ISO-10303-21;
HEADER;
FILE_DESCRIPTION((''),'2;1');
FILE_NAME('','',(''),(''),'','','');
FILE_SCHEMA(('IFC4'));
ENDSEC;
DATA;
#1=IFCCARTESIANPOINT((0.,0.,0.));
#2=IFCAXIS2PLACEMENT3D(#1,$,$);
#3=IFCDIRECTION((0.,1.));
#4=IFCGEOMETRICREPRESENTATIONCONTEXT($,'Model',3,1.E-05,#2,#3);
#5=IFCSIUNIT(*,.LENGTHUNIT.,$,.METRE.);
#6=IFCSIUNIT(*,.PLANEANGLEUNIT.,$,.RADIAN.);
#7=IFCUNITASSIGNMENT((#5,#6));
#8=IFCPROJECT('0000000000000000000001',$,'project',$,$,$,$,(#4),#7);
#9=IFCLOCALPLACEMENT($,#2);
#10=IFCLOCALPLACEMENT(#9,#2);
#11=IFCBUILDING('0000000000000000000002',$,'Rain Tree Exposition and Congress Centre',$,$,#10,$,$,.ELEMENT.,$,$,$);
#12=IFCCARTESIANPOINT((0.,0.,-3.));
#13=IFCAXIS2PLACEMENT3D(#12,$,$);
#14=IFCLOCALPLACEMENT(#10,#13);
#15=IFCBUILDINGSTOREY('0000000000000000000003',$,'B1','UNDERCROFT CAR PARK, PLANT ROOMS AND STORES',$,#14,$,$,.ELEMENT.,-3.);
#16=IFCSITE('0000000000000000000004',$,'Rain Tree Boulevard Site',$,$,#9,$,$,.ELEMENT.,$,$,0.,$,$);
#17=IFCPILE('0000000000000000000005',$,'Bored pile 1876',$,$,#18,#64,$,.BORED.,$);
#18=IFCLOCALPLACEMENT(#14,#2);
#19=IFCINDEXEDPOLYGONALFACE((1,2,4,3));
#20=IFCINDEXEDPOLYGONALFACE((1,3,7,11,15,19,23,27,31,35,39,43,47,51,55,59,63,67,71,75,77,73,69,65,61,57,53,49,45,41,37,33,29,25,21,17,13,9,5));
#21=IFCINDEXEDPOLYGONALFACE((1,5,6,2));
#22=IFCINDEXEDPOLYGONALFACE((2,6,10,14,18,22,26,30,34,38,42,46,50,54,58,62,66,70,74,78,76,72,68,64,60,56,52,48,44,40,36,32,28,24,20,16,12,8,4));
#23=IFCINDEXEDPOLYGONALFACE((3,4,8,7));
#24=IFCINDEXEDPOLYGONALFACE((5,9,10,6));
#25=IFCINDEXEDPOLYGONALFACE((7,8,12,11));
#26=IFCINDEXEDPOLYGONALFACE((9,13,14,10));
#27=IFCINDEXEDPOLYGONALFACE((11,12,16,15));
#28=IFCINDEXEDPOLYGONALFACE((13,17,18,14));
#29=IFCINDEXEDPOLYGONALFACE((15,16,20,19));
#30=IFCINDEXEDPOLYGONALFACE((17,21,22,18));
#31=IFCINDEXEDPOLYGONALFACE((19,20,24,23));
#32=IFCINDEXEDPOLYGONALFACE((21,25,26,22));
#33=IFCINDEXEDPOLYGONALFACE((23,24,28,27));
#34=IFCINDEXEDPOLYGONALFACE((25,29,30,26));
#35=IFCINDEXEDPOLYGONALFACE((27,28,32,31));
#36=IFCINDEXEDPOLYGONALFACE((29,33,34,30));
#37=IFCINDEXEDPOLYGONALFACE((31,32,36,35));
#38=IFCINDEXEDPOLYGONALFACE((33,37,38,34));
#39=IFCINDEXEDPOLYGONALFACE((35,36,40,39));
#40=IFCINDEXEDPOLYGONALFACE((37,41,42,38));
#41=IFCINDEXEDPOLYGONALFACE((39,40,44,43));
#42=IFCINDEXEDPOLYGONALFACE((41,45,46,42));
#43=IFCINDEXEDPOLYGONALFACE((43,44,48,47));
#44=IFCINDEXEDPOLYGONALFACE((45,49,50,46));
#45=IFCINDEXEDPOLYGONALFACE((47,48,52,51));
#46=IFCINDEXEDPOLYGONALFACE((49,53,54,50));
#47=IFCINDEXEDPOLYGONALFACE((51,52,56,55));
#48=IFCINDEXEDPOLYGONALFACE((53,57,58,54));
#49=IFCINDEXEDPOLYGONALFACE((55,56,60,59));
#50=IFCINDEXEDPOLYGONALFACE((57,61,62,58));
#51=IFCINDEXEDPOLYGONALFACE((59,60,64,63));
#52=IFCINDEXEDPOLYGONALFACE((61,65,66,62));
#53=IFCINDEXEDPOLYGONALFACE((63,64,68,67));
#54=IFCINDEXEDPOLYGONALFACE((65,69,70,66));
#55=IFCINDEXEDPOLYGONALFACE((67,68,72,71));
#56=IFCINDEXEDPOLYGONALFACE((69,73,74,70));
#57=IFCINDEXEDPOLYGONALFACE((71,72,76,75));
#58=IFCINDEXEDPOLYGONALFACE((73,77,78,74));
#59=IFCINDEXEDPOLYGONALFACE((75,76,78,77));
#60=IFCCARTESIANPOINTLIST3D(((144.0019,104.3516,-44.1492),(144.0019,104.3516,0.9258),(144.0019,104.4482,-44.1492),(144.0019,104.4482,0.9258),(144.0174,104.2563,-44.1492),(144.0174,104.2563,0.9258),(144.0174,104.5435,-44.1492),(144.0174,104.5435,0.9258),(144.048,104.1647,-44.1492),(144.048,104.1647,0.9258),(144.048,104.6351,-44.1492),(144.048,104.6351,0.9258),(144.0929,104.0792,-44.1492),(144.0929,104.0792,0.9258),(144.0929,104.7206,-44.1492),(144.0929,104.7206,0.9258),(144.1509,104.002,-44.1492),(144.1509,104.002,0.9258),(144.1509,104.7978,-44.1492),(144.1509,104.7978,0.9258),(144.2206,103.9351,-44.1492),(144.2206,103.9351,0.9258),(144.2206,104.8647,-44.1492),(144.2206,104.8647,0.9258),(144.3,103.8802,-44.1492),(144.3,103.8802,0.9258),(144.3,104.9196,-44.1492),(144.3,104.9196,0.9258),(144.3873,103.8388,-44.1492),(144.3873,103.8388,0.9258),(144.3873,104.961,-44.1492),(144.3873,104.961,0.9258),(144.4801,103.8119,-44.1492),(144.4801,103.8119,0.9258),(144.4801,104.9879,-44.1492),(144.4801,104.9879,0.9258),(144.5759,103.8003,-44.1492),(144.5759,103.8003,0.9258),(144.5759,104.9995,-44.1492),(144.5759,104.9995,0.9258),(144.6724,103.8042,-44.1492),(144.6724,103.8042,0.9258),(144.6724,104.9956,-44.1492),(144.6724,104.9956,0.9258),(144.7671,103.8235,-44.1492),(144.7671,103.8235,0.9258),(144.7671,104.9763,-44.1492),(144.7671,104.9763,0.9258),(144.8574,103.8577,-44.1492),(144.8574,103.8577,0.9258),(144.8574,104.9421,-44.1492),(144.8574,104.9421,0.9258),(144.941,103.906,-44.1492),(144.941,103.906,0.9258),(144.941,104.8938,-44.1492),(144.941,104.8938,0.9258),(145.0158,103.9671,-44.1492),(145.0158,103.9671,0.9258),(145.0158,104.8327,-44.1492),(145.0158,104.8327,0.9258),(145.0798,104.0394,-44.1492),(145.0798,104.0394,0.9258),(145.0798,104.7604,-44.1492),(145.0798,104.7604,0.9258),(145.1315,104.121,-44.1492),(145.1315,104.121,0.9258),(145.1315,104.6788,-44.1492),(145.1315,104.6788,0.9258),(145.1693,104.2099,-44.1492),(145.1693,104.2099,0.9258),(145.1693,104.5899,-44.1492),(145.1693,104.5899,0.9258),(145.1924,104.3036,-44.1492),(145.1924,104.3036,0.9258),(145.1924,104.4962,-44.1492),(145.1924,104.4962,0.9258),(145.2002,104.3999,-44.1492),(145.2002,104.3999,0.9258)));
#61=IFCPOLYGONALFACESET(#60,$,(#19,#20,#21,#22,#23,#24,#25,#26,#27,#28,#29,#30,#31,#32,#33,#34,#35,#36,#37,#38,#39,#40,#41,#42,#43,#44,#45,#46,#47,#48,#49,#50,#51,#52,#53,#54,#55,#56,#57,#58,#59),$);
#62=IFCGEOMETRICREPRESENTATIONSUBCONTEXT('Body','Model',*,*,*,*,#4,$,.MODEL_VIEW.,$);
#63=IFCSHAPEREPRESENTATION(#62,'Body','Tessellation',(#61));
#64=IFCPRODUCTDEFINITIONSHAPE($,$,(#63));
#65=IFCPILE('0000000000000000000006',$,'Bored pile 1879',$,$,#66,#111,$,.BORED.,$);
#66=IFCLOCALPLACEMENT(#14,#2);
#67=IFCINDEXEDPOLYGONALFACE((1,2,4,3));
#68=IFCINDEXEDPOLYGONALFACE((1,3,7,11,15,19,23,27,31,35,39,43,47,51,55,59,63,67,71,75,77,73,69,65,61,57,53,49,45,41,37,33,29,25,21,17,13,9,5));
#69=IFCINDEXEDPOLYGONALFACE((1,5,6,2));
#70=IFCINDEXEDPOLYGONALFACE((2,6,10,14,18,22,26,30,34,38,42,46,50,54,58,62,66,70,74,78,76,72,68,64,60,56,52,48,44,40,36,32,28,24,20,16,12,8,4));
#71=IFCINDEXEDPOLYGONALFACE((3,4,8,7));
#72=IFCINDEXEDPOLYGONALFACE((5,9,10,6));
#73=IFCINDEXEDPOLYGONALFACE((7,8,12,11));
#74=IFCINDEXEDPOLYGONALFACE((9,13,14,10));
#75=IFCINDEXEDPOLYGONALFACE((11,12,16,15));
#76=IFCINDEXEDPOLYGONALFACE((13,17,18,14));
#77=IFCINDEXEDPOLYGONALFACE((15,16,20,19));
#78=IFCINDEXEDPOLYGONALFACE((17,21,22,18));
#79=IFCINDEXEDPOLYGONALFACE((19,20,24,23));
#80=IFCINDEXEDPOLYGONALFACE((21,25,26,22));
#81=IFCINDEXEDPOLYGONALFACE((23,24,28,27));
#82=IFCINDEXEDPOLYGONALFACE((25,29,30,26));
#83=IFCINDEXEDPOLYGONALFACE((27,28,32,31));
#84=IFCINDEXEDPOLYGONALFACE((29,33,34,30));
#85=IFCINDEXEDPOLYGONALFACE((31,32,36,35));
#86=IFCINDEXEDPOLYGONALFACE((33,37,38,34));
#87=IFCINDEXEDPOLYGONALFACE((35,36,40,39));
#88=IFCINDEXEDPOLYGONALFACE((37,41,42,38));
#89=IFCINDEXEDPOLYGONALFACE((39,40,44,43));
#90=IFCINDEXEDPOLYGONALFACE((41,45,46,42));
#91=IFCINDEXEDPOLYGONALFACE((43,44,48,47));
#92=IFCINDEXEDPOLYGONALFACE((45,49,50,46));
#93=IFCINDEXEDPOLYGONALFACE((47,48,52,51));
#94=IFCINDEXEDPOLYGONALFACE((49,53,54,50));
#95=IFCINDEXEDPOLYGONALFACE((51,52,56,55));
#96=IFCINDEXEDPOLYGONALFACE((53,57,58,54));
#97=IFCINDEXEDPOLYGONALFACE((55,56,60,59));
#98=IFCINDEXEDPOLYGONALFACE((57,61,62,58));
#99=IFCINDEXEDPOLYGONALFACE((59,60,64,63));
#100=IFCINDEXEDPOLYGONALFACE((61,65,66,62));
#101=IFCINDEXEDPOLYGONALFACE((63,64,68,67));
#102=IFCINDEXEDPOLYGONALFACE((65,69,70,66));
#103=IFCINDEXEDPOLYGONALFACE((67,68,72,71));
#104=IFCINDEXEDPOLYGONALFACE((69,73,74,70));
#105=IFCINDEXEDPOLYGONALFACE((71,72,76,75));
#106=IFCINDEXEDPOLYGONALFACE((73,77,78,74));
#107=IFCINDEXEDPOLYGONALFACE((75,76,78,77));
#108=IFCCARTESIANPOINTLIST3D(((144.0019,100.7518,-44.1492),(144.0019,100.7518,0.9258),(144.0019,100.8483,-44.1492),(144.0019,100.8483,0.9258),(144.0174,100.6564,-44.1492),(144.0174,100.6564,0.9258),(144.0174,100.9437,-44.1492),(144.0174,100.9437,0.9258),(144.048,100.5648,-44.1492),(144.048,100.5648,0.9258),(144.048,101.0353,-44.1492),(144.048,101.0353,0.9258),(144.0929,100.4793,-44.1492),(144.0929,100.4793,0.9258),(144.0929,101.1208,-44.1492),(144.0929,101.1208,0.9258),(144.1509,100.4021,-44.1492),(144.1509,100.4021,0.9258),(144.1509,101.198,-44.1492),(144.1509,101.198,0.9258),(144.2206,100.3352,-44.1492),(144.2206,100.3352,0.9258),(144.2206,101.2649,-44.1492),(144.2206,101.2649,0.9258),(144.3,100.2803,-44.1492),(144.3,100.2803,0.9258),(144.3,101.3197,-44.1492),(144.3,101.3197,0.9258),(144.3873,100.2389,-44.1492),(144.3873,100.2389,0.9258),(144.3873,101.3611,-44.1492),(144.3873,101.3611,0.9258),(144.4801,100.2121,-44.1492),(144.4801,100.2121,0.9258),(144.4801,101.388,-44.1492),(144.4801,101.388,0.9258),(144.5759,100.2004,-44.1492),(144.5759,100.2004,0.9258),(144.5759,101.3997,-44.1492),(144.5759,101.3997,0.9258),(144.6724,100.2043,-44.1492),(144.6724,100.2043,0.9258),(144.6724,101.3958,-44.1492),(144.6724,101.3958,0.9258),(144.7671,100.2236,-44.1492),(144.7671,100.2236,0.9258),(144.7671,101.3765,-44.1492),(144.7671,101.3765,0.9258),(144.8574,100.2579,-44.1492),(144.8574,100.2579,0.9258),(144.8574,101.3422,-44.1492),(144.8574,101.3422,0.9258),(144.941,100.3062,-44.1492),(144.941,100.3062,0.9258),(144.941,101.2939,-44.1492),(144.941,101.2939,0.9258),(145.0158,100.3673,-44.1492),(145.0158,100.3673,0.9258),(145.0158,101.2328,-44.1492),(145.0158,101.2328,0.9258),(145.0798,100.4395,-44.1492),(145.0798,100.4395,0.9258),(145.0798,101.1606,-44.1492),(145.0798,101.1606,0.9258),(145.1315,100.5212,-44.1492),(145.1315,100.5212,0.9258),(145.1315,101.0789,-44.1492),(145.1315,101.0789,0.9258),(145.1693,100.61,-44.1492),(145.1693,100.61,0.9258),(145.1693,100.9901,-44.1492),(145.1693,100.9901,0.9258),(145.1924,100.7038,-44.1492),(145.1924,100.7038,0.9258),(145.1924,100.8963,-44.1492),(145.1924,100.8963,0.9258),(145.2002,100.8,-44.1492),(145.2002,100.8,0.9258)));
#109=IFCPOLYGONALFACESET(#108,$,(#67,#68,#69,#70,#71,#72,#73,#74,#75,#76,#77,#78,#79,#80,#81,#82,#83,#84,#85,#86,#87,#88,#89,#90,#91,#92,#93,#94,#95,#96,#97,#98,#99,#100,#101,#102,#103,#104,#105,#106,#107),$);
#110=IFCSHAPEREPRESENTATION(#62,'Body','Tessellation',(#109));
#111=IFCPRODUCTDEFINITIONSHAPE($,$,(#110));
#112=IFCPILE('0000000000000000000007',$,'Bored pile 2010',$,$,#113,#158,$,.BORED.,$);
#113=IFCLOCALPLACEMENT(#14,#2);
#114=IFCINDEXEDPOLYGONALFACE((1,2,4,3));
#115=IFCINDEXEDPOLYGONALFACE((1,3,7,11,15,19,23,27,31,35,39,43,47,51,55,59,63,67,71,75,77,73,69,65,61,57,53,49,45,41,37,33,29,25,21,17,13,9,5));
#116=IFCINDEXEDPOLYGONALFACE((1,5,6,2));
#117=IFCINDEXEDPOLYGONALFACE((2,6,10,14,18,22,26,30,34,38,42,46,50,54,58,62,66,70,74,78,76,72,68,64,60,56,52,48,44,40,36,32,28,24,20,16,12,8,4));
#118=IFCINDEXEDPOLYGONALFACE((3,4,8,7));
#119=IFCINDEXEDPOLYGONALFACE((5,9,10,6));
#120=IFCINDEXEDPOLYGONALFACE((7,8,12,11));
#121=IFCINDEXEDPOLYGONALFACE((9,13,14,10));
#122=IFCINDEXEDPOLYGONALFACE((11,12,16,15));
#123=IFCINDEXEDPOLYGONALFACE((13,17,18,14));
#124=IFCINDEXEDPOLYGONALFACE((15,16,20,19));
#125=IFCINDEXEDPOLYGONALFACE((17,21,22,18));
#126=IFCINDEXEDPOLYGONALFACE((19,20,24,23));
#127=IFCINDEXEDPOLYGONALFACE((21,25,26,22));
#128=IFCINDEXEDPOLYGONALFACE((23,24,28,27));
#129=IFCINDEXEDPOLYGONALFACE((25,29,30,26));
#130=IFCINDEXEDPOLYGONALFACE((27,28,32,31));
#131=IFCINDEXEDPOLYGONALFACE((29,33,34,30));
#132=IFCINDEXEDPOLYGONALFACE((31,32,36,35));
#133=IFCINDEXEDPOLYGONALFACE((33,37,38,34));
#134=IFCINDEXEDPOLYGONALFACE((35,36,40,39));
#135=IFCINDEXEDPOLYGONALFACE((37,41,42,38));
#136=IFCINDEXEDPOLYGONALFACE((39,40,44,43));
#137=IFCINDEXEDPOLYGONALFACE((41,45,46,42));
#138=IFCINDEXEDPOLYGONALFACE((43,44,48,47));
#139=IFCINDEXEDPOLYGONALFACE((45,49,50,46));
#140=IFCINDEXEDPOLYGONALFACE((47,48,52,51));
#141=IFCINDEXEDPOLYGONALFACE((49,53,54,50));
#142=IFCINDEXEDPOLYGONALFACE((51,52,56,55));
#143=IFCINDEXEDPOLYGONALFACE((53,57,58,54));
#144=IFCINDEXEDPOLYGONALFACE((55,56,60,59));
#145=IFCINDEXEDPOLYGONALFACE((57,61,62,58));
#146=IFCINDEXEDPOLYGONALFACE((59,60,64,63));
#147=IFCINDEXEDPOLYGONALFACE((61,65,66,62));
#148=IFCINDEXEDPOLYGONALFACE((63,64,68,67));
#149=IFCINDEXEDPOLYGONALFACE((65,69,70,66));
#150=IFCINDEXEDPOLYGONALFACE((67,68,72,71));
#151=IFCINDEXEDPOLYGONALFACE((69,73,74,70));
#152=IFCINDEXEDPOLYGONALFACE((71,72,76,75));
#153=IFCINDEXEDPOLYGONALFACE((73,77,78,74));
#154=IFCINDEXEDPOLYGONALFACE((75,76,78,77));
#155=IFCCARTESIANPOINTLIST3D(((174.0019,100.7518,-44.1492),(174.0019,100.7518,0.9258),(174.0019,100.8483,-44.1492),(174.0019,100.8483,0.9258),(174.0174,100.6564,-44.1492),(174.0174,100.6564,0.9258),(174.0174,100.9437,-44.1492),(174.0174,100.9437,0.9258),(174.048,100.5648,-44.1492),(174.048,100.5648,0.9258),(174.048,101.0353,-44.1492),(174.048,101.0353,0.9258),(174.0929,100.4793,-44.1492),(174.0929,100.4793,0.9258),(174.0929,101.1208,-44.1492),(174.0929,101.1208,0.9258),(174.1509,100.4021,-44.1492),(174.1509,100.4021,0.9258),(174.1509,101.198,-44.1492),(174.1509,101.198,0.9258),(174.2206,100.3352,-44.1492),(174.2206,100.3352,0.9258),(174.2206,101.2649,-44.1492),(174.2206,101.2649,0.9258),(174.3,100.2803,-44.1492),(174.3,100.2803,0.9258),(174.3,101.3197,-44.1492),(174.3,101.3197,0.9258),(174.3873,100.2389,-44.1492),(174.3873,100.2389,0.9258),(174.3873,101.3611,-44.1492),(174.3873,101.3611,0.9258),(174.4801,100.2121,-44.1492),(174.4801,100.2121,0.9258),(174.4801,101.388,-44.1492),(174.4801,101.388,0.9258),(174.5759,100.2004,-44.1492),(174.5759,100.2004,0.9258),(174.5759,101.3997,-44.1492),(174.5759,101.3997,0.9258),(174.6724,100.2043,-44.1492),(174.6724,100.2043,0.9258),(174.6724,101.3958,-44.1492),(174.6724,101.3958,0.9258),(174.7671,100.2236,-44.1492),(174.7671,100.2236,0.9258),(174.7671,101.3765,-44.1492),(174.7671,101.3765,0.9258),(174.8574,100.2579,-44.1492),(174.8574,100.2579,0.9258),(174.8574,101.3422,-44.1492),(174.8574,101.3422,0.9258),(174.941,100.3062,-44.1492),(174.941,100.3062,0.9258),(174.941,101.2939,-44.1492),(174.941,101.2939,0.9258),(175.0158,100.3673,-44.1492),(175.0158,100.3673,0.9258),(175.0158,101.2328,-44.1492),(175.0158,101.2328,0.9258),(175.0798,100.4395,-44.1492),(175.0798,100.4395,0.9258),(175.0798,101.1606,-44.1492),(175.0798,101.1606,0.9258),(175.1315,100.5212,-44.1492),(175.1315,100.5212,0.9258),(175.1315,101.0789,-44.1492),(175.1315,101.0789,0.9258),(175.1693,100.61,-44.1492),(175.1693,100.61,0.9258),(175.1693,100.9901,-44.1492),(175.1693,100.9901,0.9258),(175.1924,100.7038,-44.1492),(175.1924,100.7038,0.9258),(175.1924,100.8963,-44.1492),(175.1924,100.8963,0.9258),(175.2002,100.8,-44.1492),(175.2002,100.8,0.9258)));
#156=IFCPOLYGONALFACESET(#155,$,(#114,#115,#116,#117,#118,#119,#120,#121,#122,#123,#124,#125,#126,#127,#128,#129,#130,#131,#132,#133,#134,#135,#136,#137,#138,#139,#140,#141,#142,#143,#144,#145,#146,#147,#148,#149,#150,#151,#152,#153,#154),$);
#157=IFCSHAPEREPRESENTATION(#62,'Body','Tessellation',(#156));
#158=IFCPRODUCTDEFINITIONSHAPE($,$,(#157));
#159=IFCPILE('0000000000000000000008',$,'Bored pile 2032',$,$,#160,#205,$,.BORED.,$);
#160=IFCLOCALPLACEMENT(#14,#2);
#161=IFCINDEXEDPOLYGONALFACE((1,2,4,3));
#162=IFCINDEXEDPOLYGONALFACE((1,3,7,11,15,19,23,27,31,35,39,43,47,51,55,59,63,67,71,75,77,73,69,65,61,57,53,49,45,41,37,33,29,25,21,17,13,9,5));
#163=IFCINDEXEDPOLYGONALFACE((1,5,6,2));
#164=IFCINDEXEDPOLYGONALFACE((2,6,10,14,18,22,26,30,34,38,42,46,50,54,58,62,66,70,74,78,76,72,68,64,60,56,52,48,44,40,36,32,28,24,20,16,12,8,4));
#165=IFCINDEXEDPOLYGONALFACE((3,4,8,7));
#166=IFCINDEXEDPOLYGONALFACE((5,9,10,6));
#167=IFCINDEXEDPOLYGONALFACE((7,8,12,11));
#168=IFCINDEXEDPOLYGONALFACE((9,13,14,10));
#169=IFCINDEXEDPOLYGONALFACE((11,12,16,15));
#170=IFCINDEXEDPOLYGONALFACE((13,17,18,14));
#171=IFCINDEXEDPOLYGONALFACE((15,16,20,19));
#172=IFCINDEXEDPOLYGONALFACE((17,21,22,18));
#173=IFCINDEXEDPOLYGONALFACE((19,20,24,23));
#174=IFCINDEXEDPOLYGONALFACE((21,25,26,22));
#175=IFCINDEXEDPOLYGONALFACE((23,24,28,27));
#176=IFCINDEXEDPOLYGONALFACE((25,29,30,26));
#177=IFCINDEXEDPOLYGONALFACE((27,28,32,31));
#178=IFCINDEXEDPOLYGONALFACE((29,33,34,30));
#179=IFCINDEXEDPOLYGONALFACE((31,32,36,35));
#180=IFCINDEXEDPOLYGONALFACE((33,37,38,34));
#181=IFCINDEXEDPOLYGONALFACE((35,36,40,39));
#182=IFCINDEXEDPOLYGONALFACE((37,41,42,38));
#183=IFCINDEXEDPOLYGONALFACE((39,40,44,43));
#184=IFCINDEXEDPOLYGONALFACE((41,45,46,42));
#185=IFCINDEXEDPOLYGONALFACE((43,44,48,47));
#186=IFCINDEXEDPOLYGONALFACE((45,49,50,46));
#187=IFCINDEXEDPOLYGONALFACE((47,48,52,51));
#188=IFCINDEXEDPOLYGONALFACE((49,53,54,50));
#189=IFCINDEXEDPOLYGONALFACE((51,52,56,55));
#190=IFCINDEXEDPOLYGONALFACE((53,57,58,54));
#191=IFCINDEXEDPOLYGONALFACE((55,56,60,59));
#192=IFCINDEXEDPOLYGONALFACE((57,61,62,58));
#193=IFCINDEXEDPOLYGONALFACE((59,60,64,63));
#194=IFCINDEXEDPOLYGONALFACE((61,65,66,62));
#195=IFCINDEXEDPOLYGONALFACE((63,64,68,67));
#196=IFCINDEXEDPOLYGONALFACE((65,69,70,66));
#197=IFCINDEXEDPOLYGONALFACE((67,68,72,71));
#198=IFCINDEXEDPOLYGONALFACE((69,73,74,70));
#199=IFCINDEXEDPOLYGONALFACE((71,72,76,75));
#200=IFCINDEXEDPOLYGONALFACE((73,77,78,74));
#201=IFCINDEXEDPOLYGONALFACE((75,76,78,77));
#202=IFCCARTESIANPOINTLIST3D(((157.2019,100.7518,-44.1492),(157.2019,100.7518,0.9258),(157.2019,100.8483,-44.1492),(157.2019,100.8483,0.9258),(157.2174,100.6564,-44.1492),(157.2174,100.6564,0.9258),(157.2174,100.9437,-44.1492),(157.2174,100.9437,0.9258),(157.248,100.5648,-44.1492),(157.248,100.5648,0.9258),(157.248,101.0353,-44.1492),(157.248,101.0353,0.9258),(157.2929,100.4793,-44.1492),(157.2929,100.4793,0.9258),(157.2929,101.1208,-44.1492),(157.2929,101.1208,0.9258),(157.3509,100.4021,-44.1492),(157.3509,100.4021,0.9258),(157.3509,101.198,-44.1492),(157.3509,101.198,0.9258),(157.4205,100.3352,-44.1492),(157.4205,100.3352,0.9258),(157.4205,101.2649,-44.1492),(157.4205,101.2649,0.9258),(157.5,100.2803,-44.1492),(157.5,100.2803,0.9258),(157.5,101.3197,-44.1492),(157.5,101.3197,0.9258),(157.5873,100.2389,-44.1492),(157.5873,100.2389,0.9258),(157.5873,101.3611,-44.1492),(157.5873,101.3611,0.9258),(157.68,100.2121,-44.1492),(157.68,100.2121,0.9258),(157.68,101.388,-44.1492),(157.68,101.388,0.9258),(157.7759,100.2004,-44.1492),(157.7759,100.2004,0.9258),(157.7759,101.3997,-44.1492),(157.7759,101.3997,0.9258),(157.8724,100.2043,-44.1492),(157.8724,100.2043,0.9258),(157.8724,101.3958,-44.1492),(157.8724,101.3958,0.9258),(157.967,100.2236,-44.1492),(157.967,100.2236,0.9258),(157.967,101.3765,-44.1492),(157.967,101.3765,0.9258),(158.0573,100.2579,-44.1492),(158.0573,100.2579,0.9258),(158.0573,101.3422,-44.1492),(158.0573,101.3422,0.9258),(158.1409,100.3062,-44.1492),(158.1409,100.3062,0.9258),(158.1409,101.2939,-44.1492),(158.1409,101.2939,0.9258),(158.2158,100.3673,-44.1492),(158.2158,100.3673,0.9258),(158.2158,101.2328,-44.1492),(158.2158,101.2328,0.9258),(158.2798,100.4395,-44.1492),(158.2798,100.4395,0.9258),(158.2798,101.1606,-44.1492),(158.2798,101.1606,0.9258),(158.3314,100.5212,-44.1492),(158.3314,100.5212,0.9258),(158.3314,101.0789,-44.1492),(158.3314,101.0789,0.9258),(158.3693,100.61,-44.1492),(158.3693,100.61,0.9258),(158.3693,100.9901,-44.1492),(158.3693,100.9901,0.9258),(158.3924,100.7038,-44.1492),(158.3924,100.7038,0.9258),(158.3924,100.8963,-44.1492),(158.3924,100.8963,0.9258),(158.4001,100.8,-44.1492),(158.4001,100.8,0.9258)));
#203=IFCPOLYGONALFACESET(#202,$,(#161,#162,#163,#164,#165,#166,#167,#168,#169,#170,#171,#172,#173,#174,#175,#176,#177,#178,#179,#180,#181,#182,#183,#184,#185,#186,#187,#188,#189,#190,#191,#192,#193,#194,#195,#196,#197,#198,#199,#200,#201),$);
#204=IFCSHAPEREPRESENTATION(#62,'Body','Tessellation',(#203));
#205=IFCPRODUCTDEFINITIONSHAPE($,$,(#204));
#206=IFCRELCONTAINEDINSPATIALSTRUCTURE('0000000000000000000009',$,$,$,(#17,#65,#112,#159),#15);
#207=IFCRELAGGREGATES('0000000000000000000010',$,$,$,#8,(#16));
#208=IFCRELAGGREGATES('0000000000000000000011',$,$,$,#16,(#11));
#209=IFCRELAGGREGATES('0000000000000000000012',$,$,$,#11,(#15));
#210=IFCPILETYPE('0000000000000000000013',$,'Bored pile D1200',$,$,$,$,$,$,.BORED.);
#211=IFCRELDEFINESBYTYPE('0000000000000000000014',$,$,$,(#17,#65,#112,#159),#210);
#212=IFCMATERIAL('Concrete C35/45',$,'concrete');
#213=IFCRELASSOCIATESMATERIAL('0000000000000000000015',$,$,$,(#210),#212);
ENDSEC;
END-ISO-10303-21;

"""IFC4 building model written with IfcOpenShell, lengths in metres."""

from ifc_helpers import new_model, si_unit, direction, frame, origin, origin_2d, place, context, subcontext, project, spatial, circle, extrude, material, material_profile, profile_set, type_object, element, save


model = new_model("IFC4")

# Units and contexts
model_context = context("Model", 3, precision=1e-05, world=origin(), true_north=direction((0.0, 1.0)))
body_context = subcontext(model_context, "Body", "Model", "MODEL_VIEW")
ifc_project = project(units=[si_unit("LENGTHUNIT", "METRE"), si_unit("PLANEANGLEUNIT", "RADIAN")], contexts=[model_context])

# Site, building, storey
site_placement = place(None, origin())
site = spatial("IfcSite", under=ifc_project, at=site_placement, Name="Rain Tree Boulevard Site", CompositionType="ELEMENT", RefElevation=0.0)
building_placement = place(site_placement, origin())
building = spatial("IfcBuilding", under=site, at=building_placement, Name="Rain Tree Exposition and Congress Centre", CompositionType="ELEMENT")
storey_placement = place(building_placement, frame((0.0, 0.0, -3.0)))
storey = spatial("IfcBuildingStorey", under=building, at=storey_placement, Name="B1", Description="UNDERCROFT CAR PARK, PLANT ROOMS AND STORES", CompositionType="ELEMENT", Elevation=-3.0)

# Piles
ifc_material_1 = material(Name="Concrete C35/45", Category="concrete")
ifc_material_profile_1 = material_profile(ifc_material_1, circle(Radius=0.6001, at=origin_2d()), Name="D1200")
ifc_profile_set_1 = profile_set([ifc_material_profile_1], Name="Concrete C35/45")
pile_type_1 = type_object("IfcPileType", Name="Bored pile D1200", PredefinedType="BORED", material=ifc_profile_set_1)
for number, where, z_axis, x_axis, name in (
    (1, (144.6001, 104.3999, 0.9258), (0.0, 0.0, -1.0), (1.0, 0.0, 0.0), "Bored pile 1876"),
    (2, (144.6001, 100.8, 0.9258), (0.0, 0.0, -1.0), (1.0, 0.0, 0.0), "Bored pile 1879"),
    (3, (174.6001, 100.8, 0.9258), (0.0, 0.0, -1.0), (1.0, 0.0, 0.0), "Bored pile 2010"),
    (4, (157.8, 100.8, 0.9258), (0.0, 0.0, -1.0), (1.0, 0.0, 0.0), "Bored pile 2032"),
):
    element("IfcPile", number, at=place(storey_placement, frame(where, z_axis=z_axis, x_axis=x_axis)), inside=storey, type_object=pile_type_1, Name=name, PredefinedType="BORED", context=body_context, shape_type="SweptSolid", body=[
        extrude(circle(Radius=0.6001, at=origin_2d()), origin(), (0.0, 0.0, 1.0), 45.075),
    ])

save(model, "model.ifc")
